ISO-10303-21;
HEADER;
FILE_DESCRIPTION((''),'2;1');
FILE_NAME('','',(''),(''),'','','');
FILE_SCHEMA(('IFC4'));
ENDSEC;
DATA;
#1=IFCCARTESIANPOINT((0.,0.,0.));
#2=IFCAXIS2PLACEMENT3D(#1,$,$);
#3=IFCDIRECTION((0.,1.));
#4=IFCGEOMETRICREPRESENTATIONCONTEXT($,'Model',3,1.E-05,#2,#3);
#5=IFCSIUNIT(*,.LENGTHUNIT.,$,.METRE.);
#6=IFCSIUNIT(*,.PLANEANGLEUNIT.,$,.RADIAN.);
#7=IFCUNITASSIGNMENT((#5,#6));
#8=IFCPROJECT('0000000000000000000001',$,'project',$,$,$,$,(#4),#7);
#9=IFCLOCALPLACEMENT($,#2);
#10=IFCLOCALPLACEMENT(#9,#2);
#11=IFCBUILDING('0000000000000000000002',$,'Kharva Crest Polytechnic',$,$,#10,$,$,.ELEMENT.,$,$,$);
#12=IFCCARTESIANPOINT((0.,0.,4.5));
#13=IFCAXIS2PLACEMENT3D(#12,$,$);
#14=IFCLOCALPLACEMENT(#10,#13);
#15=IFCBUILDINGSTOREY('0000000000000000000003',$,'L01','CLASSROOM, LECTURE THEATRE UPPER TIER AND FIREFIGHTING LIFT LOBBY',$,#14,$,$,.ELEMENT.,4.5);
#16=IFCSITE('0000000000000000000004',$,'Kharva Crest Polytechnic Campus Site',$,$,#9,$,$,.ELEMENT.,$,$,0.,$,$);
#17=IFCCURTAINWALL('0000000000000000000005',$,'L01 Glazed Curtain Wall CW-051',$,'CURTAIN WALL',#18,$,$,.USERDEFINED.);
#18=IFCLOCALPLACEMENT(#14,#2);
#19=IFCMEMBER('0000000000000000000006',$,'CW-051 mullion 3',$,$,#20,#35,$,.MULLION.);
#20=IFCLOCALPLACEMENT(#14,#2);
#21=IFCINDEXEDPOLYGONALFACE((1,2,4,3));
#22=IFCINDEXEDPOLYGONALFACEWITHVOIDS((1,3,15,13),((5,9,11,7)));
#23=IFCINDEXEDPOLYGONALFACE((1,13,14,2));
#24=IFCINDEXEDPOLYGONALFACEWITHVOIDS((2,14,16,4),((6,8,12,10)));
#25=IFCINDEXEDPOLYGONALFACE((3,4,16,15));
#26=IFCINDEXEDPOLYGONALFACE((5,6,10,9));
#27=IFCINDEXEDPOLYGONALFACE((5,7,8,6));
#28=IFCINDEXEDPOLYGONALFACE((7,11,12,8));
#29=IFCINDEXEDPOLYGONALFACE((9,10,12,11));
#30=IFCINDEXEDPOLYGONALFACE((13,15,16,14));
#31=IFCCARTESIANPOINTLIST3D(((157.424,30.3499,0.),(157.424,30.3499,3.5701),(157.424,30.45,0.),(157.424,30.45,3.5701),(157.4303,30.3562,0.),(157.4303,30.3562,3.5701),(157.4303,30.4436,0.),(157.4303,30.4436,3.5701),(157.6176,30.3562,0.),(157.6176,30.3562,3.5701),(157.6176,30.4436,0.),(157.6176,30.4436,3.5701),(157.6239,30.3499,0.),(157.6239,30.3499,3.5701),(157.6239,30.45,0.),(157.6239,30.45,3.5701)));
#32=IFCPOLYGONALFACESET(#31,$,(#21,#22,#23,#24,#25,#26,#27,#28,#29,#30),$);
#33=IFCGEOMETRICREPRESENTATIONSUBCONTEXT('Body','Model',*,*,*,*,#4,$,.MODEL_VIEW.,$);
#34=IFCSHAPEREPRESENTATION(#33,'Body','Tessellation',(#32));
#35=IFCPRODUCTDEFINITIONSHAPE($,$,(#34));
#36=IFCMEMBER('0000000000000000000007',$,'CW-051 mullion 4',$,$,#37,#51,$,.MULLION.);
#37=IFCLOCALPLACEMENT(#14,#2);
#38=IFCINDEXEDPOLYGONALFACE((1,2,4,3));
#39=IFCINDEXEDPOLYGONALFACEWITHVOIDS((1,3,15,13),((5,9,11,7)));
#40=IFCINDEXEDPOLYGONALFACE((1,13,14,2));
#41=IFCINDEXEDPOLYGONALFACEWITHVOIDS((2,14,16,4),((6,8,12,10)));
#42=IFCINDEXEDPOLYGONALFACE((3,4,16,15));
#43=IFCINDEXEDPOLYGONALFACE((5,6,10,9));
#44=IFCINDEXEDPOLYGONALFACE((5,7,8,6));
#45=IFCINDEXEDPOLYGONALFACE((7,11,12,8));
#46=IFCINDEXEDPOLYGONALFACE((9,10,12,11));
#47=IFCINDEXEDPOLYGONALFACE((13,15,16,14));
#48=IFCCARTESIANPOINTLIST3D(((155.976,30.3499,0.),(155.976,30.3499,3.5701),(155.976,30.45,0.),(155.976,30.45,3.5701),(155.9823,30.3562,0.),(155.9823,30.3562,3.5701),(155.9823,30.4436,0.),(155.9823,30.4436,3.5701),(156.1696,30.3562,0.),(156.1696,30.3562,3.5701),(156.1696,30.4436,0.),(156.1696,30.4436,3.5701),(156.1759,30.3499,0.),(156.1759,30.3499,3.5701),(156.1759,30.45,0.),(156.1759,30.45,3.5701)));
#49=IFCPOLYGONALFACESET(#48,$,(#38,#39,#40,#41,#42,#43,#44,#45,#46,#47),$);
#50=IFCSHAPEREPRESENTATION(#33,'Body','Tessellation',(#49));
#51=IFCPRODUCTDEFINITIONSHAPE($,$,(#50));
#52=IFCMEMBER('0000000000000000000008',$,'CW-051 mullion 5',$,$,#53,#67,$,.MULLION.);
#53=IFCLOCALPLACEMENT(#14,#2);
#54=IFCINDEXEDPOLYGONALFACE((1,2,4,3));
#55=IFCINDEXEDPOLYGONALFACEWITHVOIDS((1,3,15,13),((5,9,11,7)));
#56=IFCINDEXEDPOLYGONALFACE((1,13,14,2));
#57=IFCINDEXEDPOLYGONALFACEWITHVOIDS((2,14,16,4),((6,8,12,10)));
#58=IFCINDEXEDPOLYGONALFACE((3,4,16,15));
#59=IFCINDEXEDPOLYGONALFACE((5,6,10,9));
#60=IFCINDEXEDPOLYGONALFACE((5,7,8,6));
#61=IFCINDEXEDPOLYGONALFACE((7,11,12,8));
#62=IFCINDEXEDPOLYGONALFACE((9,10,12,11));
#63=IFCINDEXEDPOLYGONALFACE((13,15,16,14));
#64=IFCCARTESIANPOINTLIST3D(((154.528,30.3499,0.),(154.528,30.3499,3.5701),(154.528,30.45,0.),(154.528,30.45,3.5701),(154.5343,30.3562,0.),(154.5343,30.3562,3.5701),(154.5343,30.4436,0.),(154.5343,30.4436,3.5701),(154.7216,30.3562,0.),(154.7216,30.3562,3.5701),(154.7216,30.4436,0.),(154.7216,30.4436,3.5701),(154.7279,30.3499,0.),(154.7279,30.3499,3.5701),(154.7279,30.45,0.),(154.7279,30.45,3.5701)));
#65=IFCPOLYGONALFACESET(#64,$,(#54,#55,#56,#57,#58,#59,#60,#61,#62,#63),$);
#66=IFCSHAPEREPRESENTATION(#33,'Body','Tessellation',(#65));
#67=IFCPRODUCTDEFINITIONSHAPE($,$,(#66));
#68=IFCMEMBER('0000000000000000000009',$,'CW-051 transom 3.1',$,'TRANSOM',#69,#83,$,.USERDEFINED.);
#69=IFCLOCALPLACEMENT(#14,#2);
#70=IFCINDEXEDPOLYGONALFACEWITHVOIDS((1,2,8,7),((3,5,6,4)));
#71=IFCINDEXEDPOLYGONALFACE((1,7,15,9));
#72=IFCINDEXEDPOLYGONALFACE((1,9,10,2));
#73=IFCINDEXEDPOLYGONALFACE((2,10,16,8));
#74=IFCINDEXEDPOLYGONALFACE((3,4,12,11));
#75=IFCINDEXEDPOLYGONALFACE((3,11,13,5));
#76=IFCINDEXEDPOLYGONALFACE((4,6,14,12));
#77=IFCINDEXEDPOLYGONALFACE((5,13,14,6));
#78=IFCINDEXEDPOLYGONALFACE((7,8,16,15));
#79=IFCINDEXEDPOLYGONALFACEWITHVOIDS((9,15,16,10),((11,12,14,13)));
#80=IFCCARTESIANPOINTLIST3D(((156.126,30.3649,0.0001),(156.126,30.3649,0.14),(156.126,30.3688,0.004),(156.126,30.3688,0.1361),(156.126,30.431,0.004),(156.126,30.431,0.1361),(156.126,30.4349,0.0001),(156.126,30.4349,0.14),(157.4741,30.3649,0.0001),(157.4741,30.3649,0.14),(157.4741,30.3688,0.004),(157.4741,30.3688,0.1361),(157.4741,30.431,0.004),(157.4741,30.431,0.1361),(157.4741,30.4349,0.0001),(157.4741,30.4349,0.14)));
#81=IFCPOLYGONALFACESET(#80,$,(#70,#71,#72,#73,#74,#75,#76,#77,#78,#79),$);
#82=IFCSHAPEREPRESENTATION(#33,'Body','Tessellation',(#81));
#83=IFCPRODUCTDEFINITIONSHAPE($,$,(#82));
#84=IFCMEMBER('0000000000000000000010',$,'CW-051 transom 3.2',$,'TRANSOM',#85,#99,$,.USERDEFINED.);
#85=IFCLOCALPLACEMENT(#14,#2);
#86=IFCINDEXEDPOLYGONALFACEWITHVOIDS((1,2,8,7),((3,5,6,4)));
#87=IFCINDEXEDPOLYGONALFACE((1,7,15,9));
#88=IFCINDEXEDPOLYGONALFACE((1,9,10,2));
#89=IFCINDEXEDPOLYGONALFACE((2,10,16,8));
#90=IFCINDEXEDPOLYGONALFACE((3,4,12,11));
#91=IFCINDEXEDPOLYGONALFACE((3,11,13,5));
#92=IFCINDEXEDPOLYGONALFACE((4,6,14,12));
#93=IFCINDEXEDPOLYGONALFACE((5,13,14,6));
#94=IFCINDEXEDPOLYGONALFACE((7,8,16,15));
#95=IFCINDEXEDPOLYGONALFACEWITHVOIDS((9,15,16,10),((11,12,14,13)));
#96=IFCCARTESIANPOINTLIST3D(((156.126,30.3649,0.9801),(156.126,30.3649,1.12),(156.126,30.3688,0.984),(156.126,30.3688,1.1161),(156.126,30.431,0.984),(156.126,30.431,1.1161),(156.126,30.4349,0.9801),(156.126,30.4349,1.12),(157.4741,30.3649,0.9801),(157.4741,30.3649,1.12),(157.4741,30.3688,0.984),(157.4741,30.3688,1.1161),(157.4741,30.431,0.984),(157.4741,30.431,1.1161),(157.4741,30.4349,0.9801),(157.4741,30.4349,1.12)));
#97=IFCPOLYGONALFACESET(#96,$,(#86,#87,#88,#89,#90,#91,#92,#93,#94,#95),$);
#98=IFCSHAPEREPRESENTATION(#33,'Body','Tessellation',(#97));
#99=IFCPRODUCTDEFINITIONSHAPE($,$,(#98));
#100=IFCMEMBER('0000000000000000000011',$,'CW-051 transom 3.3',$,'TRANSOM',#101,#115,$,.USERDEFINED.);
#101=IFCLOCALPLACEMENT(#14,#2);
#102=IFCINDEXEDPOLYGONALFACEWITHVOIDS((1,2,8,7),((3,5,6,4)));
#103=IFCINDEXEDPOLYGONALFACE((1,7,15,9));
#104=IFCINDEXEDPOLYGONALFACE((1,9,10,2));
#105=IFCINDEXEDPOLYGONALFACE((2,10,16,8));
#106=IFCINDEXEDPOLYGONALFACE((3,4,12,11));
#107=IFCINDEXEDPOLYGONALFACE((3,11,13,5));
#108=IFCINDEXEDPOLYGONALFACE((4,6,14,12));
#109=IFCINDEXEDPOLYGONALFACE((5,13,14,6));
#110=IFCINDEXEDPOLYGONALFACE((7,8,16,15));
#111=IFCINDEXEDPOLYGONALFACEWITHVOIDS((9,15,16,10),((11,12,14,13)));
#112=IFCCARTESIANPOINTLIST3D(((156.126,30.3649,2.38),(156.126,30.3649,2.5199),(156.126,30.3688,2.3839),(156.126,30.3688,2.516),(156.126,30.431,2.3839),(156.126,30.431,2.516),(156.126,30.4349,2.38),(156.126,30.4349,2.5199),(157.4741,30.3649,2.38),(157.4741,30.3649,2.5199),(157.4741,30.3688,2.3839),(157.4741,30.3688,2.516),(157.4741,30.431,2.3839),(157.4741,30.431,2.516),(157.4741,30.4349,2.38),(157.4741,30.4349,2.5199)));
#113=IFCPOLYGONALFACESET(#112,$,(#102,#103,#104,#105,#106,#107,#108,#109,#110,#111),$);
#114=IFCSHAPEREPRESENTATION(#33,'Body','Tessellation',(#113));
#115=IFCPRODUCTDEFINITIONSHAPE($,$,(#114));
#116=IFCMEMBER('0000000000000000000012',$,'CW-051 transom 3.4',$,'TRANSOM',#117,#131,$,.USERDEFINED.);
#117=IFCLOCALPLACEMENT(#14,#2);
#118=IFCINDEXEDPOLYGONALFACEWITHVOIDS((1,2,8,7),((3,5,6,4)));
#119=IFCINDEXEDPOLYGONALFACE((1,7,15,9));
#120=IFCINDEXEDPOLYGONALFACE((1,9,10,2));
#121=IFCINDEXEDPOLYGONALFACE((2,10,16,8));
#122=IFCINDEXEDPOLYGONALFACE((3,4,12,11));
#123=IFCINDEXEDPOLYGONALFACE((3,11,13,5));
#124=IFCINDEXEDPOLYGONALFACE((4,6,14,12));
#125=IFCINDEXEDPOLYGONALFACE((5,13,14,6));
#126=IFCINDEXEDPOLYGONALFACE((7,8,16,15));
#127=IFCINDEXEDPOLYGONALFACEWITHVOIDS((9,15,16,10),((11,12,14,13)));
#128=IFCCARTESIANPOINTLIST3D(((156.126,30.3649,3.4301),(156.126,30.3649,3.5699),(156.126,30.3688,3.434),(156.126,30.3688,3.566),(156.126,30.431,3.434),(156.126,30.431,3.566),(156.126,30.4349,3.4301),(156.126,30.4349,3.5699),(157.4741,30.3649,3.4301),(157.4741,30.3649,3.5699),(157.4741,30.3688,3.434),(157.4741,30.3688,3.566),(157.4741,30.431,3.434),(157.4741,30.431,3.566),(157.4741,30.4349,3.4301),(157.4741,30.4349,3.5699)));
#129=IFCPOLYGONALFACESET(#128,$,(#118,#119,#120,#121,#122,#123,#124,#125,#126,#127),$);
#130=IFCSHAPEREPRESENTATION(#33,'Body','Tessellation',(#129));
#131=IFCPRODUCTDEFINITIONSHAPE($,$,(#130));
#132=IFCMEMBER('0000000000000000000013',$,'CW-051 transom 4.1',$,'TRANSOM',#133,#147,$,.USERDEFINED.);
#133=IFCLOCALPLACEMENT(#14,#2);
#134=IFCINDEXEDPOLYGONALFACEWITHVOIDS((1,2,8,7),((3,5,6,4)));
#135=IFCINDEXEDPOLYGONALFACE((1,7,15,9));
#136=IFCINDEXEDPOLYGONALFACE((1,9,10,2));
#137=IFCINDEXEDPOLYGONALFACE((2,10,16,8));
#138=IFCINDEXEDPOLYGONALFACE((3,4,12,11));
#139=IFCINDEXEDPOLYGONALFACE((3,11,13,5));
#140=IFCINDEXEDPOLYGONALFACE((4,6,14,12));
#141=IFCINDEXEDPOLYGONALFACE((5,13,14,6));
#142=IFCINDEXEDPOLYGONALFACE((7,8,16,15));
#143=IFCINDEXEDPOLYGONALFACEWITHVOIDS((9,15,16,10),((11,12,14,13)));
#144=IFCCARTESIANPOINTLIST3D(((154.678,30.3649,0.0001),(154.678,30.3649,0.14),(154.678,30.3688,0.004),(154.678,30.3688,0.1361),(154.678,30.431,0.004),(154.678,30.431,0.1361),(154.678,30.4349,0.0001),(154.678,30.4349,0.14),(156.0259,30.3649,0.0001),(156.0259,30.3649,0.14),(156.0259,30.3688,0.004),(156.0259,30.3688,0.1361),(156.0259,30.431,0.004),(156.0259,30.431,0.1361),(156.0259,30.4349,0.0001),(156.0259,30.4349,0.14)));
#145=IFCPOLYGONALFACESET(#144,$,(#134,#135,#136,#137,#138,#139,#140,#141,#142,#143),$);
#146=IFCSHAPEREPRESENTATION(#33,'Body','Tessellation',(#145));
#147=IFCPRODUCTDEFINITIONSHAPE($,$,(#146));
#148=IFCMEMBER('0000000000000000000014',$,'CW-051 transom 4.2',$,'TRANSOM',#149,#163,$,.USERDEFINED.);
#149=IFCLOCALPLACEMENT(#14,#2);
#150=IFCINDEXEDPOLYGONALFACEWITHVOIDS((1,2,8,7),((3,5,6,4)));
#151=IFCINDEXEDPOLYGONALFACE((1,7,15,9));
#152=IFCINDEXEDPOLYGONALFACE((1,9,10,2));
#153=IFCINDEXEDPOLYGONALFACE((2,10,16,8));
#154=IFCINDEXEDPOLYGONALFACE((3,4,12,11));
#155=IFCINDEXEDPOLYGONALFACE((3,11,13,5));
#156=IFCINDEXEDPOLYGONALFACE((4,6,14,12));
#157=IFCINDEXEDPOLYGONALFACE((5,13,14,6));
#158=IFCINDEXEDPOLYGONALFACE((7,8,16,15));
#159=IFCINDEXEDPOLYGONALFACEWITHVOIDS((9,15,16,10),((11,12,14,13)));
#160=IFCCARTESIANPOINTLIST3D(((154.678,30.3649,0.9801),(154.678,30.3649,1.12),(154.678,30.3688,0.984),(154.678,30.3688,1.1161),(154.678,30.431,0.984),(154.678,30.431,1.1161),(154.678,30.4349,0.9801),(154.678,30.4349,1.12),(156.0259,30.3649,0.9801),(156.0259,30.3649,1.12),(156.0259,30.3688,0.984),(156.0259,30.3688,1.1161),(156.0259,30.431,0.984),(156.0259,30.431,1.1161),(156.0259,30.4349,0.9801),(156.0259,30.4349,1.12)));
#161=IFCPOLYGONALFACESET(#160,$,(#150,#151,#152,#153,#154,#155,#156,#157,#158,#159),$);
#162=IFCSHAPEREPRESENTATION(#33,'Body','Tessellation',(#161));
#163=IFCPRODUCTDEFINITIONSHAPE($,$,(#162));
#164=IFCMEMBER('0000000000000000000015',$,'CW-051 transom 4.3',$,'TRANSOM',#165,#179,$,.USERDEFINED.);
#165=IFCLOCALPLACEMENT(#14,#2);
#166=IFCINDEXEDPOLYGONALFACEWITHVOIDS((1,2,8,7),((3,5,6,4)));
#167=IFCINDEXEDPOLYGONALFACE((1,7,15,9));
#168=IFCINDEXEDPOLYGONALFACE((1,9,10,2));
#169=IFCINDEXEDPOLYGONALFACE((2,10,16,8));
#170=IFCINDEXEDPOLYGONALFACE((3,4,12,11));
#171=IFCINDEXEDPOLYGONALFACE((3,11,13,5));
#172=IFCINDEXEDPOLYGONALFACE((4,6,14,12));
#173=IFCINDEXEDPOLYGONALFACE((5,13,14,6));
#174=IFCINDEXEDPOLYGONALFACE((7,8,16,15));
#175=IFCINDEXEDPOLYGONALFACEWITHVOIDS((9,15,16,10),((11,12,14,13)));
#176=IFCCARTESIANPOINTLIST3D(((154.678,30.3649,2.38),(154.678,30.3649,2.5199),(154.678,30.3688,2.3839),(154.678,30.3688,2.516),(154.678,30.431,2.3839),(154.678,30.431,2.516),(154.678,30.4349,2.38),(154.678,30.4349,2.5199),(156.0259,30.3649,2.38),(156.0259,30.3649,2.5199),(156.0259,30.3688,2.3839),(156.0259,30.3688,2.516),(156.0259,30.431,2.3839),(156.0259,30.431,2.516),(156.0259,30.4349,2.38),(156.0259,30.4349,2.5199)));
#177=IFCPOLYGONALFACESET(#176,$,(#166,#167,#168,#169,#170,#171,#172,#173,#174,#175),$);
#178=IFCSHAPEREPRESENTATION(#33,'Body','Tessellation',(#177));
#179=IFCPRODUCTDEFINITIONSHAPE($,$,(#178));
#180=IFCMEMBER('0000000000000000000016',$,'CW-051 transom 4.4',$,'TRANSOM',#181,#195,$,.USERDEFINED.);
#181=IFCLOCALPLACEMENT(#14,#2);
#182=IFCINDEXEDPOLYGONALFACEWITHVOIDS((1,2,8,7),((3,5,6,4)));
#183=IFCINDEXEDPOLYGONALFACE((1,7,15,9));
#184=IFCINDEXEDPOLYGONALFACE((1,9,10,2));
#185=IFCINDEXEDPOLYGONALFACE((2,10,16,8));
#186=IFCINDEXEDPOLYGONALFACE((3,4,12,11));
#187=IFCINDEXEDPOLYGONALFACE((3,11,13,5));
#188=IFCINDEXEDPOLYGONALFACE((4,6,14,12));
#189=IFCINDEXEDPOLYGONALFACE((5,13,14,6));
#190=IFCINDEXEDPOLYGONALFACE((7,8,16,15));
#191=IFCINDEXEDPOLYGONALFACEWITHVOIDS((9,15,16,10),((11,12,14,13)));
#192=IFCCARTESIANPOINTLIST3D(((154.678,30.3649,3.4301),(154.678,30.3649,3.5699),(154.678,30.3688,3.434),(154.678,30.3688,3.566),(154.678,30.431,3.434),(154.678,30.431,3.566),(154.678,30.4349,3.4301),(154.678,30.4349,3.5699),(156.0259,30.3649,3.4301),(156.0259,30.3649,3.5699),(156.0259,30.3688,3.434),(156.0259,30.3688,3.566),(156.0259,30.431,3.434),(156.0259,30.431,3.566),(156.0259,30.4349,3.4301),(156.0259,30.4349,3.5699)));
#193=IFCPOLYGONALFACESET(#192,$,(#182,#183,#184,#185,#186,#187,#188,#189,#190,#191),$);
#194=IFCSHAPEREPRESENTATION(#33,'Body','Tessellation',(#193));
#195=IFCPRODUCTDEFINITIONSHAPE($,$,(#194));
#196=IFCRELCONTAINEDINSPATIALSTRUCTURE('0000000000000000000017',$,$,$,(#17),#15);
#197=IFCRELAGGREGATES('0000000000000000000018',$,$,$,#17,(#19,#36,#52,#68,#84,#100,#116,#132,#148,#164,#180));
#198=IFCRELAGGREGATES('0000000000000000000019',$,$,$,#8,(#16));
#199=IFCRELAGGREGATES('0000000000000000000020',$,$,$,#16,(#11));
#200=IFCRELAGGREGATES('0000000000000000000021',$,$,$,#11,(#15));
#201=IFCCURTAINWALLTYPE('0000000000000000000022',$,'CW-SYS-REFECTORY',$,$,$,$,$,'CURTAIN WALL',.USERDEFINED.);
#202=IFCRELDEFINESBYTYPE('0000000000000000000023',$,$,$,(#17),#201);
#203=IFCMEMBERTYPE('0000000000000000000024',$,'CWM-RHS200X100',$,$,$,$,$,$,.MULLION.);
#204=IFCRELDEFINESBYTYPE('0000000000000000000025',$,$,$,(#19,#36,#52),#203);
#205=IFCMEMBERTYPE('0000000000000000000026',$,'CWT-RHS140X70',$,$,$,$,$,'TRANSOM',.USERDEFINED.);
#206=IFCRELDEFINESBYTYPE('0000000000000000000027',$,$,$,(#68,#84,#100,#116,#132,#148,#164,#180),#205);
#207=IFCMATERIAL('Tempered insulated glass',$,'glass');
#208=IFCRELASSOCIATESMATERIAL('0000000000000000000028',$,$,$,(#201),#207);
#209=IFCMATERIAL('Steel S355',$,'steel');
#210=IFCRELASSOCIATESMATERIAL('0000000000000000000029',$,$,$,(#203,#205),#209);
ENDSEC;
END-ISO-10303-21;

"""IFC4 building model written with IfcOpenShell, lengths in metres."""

from ifc_helpers import new_model, si_unit, direction, frame, origin, origin_2d, place, context, subcontext, project, spatial, hollow_rectangle, extrude, material, material_profile, profile_set, type_object, element, aggregate, save


model = new_model("IFC4")

# Units and contexts
model_context = context("Model", 3, precision=1e-05, world=origin(), true_north=direction((0.0, 1.0)))
body_context = subcontext(model_context, "Body", "Model", "MODEL_VIEW")
ifc_project = project(units=[si_unit("LENGTHUNIT", "METRE"), si_unit("PLANEANGLEUNIT", "RADIAN")], contexts=[model_context])

# Site, building, storey
site_placement = place(None, origin())
site = spatial("IfcSite", under=ifc_project, at=site_placement, Name="Kharva Crest Polytechnic Campus Site", CompositionType="ELEMENT", RefElevation=0.0)
building_placement = place(site_placement, origin())
building = spatial("IfcBuilding", under=site, at=building_placement, Name="Kharva Crest Polytechnic", CompositionType="ELEMENT")
storey_placement = place(building_placement, frame((0.0, 0.0, 4.5)))
storey = spatial("IfcBuildingStorey", under=building, at=storey_placement, Name="L01", Description="CLASSROOM, LECTURE THEATRE UPPER TIER AND FIREFIGHTING LIFT LOBBY", CompositionType="ELEMENT", Elevation=4.5)

# Curtain wall, members
ifc_material_1 = material(Name="Tempered insulated glass", Category="glass")
curtain_wall_type = type_object("IfcCurtainWallType", Name="CW-SYS-REFECTORY", ElementType="CURTAIN WALL", PredefinedType="USERDEFINED", material=ifc_material_1)
curtain_wall_placement = place(storey_placement, origin())
curtain_wall = element("IfcCurtainWall", 1, at=curtain_wall_placement, inside=storey, type_object=curtain_wall_type, Name="L01 Glazed Curtain Wall CW-051", ObjectType="CURTAIN WALL", PredefinedType="USERDEFINED")
ifc_material_2 = material(Name="Steel S355", Category="steel")
ifc_material_profile_1 = material_profile(ifc_material_2, hollow_rectangle(XDim=0.1001, YDim=0.2, WallThickness=0.0063, at=origin_2d()), Name="RHS 200X100X6.3")
ifc_profile_set_1 = profile_set([ifc_material_profile_1], Name="Steel S355")
member_type_1 = type_object("IfcMemberType", Name="CWM-RHS200X100", PredefinedType="MULLION", material=ifc_profile_set_1)
member_1_placement = place(storey_placement, frame((157.5239, 30.3999, 0.0), z_axis=(0.0, 0.0, 1.0), x_axis=(0.0, -1.0, 0.0)))
member_1 = element("IfcMember", 2, at=member_1_placement, type_object=member_type_1, Name="CW-051 mullion 3", PredefinedType="MULLION", context=body_context, shape_type="SweptSolid", body=[
    extrude(hollow_rectangle(XDim=0.1001, YDim=0.2, WallThickness=0.0063, at=origin_2d()), origin(), (0.0, 0.0, 1.0), 3.5701),
])
member_2_placement = place(storey_placement, frame((156.0759, 30.3999, 0.0), z_axis=(0.0, 0.0, 1.0), x_axis=(0.0, -1.0, 0.0)))
member_2 = element("IfcMember", 3, at=member_2_placement, type_object=member_type_1, Name="CW-051 mullion 4", PredefinedType="MULLION", context=body_context, shape_type="SweptSolid", body=[
    extrude(hollow_rectangle(XDim=0.1001, YDim=0.2, WallThickness=0.0063, at=origin_2d()), origin(), (0.0, 0.0, 1.0), 3.5701),
])
member_3_placement = place(storey_placement, frame((154.6279, 30.3999, 0.0), z_axis=(0.0, 0.0, 1.0), x_axis=(0.0, -1.0, 0.0)))
member_3 = element("IfcMember", 4, at=member_3_placement, type_object=member_type_1, Name="CW-051 mullion 5", PredefinedType="MULLION", context=body_context, shape_type="SweptSolid", body=[
    extrude(hollow_rectangle(XDim=0.1001, YDim=0.2, WallThickness=0.0063, at=origin_2d()), origin(), (0.0, 0.0, 1.0), 3.5701),
])
ifc_material_profile_2 = material_profile(ifc_material_2, hollow_rectangle(XDim=0.0701, YDim=0.1399, WallThickness=0.0039, at=origin_2d()), Name="RHS 140X70X4.0")
ifc_profile_set_2 = profile_set([ifc_material_profile_2], Name="Steel S355")
member_type_2 = type_object("IfcMemberType", Name="CWT-RHS140X70", ElementType="TRANSOM", PredefinedType="USERDEFINED", material=ifc_profile_set_2)
member_4_placement = place(storey_placement, frame((157.4741, 30.3999, 0.0701), z_axis=(-1.0, 0.0, 0.0), x_axis=(0.0, -1.0, 0.0)))
member_4 = element("IfcMember", 5, at=member_4_placement, type_object=member_type_2, Name="CW-051 transom 3.1", ObjectType="TRANSOM", PredefinedType="USERDEFINED", context=body_context, shape_type="SweptSolid", body=[
    extrude(hollow_rectangle(XDim=0.0701, YDim=0.1399, WallThickness=0.0039, at=origin_2d()), origin(), (0.0, 0.0, 1.0), 1.3481),
])
member_5_placement = place(storey_placement, frame((157.4741, 30.3999, 1.05), z_axis=(-1.0, 0.0, 0.0), x_axis=(0.0, -1.0, 0.0)))
member_5 = element("IfcMember", 6, at=member_5_placement, type_object=member_type_2, Name="CW-051 transom 3.2", ObjectType="TRANSOM", PredefinedType="USERDEFINED", context=body_context, shape_type="SweptSolid", body=[
    extrude(hollow_rectangle(XDim=0.0701, YDim=0.1399, WallThickness=0.0039, at=origin_2d()), origin(), (0.0, 0.0, 1.0), 1.3481),
])
member_6_placement = place(storey_placement, frame((157.4741, 30.3999, 2.45), z_axis=(-1.0, 0.0, 0.0), x_axis=(0.0, -1.0, 0.0)))
member_6 = element("IfcMember", 7, at=member_6_placement, type_object=member_type_2, Name="CW-051 transom 3.3", ObjectType="TRANSOM", PredefinedType="USERDEFINED", context=body_context, shape_type="SweptSolid", body=[
    extrude(hollow_rectangle(XDim=0.0701, YDim=0.1399, WallThickness=0.0039, at=origin_2d()), origin(), (0.0, 0.0, 1.0), 1.3481),
])
member_7_placement = place(storey_placement, frame((157.4741, 30.3999, 3.5), z_axis=(-1.0, 0.0, 0.0), x_axis=(0.0, -1.0, 0.0)))
member_7 = element("IfcMember", 8, at=member_7_placement, type_object=member_type_2, Name="CW-051 transom 3.4", ObjectType="TRANSOM", PredefinedType="USERDEFINED", context=body_context, shape_type="SweptSolid", body=[
    extrude(hollow_rectangle(XDim=0.0701, YDim=0.1399, WallThickness=0.0039, at=origin_2d()), origin(), (0.0, 0.0, 1.0), 1.3481),
])
member_8_placement = place(storey_placement, frame((156.0259, 30.3999, 0.0701), z_axis=(-1.0, 0.0, 0.0), x_axis=(0.0, -1.0, 0.0)))
member_8 = element("IfcMember", 9, at=member_8_placement, type_object=member_type_2, Name="CW-051 transom 4.1", ObjectType="TRANSOM", PredefinedType="USERDEFINED", context=body_context, shape_type="SweptSolid", body=[
    extrude(hollow_rectangle(XDim=0.0701, YDim=0.1399, WallThickness=0.0039, at=origin_2d()), origin(), (0.0, 0.0, 1.0), 1.3479),
])
member_9_placement = place(storey_placement, frame((156.0259, 30.3999, 1.05), z_axis=(-1.0, 0.0, 0.0), x_axis=(0.0, -1.0, 0.0)))
member_9 = element("IfcMember", 10, at=member_9_placement, type_object=member_type_2, Name="CW-051 transom 4.2", ObjectType="TRANSOM", PredefinedType="USERDEFINED", context=body_context, shape_type="SweptSolid", body=[
    extrude(hollow_rectangle(XDim=0.0701, YDim=0.1399, WallThickness=0.0039, at=origin_2d()), origin(), (0.0, 0.0, 1.0), 1.3479),
])
member_10_placement = place(storey_placement, frame((156.0259, 30.3999, 2.45), z_axis=(-1.0, 0.0, 0.0), x_axis=(0.0, -1.0, 0.0)))
member_10 = element("IfcMember", 11, at=member_10_placement, type_object=member_type_2, Name="CW-051 transom 4.3", ObjectType="TRANSOM", PredefinedType="USERDEFINED", context=body_context, shape_type="SweptSolid", body=[
    extrude(hollow_rectangle(XDim=0.0701, YDim=0.1399, WallThickness=0.0039, at=origin_2d()), origin(), (0.0, 0.0, 1.0), 1.3479),
])
member_11_placement = place(storey_placement, frame((156.0259, 30.3999, 3.5), z_axis=(-1.0, 0.0, 0.0), x_axis=(0.0, -1.0, 0.0)))
member_11 = element("IfcMember", 12, at=member_11_placement, type_object=member_type_2, Name="CW-051 transom 4.4", ObjectType="TRANSOM", PredefinedType="USERDEFINED", context=body_context, shape_type="SweptSolid", body=[
    extrude(hollow_rectangle(XDim=0.0701, YDim=0.1399, WallThickness=0.0039, at=origin_2d()), origin(), (0.0, 0.0, 1.0), 1.3479),
])
aggregate(curtain_wall, [member_1, member_2, member_3, member_4, member_5, member_6, member_7, member_8, member_9, member_10, member_11])

save(model, "model.ifc")
